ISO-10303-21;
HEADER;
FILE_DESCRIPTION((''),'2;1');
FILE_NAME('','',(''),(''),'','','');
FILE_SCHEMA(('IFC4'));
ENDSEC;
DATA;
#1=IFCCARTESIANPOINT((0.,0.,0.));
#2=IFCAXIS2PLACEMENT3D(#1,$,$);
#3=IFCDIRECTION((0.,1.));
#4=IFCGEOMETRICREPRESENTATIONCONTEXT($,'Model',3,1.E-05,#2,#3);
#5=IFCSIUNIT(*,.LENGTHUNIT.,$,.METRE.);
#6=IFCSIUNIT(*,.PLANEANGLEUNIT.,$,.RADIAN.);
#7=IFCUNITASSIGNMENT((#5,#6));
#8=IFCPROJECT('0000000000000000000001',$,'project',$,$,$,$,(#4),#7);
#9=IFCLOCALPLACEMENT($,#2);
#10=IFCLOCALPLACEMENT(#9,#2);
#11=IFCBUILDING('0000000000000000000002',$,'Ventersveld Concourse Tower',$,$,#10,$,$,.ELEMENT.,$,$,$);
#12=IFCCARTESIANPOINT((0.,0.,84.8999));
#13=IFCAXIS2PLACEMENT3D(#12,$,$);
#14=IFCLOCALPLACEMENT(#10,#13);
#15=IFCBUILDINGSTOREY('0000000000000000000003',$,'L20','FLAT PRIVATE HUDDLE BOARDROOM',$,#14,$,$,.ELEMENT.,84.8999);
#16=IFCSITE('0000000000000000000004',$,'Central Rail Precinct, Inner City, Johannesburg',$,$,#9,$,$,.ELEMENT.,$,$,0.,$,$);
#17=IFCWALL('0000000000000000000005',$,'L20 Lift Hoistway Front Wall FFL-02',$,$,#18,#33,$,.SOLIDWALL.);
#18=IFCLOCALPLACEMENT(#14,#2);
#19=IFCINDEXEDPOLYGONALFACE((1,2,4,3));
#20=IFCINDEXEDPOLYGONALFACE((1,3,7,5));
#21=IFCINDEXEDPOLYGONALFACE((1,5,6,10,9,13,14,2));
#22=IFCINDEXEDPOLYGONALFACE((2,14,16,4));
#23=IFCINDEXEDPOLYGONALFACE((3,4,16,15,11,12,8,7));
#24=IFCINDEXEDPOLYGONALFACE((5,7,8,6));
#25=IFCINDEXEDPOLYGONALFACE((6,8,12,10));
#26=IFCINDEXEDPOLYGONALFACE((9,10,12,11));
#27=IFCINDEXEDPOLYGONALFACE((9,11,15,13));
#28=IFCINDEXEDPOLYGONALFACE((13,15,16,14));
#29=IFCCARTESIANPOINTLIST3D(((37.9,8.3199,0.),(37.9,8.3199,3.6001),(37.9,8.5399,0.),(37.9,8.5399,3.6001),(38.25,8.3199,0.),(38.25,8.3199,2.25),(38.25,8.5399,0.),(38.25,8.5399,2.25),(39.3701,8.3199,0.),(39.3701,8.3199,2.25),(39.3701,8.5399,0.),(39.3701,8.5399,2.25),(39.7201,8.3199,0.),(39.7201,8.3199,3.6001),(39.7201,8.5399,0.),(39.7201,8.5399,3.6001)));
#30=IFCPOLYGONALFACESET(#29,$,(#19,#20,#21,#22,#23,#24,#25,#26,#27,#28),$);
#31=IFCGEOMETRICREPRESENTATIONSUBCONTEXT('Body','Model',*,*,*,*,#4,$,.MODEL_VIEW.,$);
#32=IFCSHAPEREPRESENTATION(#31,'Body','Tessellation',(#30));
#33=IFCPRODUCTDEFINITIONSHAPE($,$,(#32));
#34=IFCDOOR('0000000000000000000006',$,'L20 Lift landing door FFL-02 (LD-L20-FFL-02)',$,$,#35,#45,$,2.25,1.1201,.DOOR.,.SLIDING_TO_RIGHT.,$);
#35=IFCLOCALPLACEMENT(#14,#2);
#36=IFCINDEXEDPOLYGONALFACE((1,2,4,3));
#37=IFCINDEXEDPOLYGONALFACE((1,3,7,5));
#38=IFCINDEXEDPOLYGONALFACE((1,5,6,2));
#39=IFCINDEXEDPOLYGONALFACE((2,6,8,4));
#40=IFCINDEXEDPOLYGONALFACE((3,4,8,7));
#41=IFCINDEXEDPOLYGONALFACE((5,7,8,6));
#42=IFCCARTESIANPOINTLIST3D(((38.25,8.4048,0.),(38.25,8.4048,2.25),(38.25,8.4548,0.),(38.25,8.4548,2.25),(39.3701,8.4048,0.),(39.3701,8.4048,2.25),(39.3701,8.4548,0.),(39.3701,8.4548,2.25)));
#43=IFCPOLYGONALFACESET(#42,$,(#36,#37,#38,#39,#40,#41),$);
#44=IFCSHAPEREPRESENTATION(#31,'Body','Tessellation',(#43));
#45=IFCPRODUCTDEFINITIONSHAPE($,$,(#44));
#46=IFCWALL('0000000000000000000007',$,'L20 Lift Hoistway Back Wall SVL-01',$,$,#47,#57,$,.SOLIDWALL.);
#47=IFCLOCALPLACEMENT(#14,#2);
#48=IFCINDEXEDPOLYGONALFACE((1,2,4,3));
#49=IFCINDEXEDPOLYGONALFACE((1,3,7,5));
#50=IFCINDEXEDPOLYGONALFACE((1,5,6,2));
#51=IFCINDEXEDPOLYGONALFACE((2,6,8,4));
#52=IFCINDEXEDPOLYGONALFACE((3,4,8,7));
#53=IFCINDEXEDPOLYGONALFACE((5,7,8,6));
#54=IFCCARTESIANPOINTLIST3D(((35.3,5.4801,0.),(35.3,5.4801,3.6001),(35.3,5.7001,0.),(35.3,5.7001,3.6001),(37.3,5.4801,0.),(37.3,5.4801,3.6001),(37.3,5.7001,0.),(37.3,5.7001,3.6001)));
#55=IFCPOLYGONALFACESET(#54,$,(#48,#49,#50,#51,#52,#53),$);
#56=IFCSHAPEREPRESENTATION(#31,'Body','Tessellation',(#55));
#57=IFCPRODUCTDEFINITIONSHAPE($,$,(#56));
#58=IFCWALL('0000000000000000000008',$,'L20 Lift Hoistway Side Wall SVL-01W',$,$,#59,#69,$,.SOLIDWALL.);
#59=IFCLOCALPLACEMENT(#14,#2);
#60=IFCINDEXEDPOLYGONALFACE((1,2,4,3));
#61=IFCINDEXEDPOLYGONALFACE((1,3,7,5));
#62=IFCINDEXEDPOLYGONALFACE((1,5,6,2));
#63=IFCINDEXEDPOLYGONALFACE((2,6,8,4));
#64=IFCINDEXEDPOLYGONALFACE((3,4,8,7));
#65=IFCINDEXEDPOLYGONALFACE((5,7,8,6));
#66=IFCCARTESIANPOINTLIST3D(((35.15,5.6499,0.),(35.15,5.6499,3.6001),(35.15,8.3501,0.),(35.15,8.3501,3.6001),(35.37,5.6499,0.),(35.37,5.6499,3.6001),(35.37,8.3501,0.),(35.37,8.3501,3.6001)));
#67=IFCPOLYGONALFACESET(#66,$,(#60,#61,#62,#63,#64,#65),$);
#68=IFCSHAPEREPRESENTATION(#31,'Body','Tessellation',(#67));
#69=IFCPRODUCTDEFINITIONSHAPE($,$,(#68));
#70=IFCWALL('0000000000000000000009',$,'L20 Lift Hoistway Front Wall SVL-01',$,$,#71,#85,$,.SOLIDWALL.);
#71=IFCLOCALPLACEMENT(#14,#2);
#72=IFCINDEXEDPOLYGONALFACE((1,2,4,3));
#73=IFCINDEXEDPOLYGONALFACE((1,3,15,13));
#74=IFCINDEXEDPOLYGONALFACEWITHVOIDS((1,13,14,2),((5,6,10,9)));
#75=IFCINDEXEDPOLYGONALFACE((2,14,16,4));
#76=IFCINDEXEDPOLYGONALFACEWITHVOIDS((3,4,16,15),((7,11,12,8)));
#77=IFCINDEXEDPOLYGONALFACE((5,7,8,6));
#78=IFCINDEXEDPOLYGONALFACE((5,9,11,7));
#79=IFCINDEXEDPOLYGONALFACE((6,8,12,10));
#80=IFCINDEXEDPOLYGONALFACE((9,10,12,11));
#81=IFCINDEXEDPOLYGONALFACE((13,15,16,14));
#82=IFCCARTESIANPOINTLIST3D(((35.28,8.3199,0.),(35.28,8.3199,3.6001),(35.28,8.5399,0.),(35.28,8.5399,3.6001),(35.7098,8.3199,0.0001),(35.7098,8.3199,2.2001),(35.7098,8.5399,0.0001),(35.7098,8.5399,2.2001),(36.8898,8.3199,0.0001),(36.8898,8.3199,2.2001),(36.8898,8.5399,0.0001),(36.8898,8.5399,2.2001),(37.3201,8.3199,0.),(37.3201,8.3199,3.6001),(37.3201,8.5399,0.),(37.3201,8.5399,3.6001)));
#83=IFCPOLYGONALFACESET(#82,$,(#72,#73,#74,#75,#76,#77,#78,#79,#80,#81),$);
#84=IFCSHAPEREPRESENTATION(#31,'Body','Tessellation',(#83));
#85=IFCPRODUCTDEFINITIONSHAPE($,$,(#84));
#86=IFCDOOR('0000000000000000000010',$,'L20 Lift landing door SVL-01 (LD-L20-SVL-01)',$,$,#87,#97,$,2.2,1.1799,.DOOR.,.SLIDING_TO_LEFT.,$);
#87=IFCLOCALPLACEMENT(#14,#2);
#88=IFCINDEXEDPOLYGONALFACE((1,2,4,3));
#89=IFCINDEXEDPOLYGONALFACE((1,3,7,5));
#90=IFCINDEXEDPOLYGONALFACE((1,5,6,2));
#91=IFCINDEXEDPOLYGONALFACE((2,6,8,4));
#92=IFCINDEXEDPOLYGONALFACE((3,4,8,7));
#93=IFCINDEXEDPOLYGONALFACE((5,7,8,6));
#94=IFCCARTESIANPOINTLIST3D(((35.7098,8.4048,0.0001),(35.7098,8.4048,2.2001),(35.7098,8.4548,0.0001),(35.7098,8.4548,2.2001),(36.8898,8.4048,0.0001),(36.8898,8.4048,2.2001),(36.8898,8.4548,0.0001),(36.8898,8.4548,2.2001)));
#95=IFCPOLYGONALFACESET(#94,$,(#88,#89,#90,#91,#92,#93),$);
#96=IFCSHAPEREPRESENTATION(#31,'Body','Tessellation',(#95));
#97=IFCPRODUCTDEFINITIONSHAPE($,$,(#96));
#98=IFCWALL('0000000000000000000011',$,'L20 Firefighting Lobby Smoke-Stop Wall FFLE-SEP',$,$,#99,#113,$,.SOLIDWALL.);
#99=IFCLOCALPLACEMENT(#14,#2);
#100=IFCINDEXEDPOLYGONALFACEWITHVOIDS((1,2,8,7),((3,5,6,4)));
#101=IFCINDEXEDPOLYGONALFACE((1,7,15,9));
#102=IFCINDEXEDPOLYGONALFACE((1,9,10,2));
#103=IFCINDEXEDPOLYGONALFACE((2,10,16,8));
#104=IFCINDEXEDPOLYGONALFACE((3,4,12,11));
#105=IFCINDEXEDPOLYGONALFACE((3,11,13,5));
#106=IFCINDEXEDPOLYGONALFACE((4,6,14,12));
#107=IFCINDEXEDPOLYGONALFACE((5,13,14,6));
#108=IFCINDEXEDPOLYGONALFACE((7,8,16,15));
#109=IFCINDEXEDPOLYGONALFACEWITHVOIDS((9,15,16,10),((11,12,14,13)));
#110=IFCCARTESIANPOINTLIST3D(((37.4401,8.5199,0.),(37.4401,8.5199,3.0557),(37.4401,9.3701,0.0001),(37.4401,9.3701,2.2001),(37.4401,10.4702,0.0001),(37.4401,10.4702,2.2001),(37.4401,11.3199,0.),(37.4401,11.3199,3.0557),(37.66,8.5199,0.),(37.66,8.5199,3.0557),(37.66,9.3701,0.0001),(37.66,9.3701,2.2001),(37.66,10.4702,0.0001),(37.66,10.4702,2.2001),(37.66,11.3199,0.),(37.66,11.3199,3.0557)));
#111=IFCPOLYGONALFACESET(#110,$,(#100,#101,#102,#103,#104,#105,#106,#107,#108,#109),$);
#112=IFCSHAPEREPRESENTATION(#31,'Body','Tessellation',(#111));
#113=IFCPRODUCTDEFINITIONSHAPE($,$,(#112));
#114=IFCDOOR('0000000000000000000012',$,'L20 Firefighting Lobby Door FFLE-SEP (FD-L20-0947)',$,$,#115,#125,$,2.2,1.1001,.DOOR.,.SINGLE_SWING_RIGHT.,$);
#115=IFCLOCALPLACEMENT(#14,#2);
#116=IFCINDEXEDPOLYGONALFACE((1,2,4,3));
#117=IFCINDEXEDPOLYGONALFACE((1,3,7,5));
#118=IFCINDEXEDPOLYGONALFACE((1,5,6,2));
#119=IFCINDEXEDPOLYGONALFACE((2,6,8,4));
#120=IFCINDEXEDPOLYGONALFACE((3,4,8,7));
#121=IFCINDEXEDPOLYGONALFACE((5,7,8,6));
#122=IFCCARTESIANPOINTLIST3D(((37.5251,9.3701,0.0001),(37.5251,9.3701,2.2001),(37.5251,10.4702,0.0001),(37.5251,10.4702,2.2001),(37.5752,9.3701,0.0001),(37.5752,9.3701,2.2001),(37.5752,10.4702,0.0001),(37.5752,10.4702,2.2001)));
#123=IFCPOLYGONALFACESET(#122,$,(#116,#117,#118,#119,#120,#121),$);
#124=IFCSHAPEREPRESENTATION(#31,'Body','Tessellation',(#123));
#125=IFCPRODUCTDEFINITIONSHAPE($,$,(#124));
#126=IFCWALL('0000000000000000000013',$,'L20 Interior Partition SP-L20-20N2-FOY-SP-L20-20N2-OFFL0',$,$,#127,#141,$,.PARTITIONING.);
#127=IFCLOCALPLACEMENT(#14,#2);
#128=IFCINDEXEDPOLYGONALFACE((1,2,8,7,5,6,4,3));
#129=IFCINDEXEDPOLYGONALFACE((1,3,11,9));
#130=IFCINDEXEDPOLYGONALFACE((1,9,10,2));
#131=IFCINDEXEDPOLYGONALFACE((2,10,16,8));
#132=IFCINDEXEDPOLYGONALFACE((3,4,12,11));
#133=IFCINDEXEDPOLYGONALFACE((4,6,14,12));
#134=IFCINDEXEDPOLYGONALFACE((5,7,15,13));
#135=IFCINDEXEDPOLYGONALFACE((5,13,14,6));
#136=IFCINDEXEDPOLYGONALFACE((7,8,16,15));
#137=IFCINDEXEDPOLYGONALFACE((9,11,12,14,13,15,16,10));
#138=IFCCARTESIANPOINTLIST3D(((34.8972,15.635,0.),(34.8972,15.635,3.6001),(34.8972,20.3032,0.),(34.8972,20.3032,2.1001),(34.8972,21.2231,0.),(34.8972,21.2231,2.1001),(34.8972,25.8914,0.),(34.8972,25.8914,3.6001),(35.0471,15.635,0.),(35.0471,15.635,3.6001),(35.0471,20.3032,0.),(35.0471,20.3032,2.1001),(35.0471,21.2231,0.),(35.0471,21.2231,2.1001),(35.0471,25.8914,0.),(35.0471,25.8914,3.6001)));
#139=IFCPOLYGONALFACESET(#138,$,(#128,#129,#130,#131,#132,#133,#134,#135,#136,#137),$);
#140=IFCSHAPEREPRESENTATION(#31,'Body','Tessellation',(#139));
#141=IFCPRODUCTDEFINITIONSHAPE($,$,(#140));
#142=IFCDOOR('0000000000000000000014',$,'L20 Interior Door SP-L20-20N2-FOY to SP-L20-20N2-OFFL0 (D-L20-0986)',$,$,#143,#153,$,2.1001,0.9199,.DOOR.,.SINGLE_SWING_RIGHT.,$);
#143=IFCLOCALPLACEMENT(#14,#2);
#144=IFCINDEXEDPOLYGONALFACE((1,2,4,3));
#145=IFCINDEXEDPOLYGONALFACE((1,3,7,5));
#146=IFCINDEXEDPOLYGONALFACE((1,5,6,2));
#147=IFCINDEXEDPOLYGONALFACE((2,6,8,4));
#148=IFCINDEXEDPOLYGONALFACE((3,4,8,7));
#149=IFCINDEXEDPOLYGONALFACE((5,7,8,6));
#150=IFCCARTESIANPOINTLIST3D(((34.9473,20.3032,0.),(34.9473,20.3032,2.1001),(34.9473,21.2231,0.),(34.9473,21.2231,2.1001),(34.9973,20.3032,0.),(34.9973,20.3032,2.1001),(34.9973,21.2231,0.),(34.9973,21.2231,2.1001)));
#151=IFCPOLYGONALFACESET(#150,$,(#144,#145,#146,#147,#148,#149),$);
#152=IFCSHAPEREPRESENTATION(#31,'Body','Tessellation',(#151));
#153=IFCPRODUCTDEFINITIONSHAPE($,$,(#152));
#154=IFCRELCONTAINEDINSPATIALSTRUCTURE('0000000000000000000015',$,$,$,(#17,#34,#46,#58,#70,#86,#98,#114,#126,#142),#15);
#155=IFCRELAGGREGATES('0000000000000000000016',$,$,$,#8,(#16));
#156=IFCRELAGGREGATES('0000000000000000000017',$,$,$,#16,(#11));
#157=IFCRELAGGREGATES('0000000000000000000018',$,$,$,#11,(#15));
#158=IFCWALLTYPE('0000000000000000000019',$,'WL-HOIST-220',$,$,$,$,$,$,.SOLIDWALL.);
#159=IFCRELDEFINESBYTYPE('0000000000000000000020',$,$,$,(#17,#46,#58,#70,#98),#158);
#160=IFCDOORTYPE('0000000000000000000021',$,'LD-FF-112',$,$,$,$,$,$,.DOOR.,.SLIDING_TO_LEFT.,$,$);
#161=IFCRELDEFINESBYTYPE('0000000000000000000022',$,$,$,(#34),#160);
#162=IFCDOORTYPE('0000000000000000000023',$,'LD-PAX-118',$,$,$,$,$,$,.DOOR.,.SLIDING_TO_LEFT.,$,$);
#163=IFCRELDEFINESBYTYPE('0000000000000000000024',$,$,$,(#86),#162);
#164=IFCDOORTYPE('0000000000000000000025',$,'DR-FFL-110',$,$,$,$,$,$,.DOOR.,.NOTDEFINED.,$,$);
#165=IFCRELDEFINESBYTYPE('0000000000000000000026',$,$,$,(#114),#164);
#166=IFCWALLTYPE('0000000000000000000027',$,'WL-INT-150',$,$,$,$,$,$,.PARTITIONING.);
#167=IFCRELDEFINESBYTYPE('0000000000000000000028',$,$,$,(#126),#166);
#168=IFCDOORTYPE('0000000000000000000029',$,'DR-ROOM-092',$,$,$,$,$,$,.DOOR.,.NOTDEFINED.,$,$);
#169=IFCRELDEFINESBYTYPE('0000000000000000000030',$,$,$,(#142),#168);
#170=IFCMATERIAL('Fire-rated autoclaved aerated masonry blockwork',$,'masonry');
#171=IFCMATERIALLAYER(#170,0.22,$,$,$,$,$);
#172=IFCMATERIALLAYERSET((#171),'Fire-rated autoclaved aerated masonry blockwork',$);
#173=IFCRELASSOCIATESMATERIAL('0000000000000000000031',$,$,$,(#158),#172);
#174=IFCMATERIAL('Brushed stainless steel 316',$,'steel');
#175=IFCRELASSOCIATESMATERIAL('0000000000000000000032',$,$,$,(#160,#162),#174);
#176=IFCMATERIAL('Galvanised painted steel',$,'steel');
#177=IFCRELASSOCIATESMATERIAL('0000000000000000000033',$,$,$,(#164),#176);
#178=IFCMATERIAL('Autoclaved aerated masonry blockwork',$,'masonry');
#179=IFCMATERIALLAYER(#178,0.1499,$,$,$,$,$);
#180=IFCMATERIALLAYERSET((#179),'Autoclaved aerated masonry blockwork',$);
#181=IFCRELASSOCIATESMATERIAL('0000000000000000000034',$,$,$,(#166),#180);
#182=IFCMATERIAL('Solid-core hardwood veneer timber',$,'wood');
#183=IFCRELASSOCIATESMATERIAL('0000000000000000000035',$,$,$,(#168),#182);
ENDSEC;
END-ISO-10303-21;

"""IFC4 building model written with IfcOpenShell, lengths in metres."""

from ifc_helpers import new_model, si_unit, direction, frame, frame_2d, origin, place, context, subcontext, project, spatial, rectangle, extrude, material, layer, layer_set, type_object, element, fill, save


model = new_model("IFC4")

# Units and contexts
model_context = context("Model", 3, precision=1e-05, world=origin(), true_north=direction((0.0, 1.0)))
body_context = subcontext(model_context, "Body", "Model", "MODEL_VIEW")
ifc_project = project(units=[si_unit("LENGTHUNIT", "METRE"), si_unit("PLANEANGLEUNIT", "RADIAN")], contexts=[model_context])

# Site, building, storey
site_placement = place(None, origin())
site = spatial("IfcSite", under=ifc_project, at=site_placement, Name="Central Rail Precinct, Inner City, Johannesburg", CompositionType="ELEMENT", RefElevation=0.0)
building_placement = place(site_placement, origin())
building = spatial("IfcBuilding", under=site, at=building_placement, Name="Ventersveld Concourse Tower", CompositionType="ELEMENT")
storey_placement = place(building_placement, frame((0.0, 0.0, 84.8999)))
storey = spatial("IfcBuildingStorey", under=building, at=storey_placement, Name="L20", Description="FLAT PRIVATE HUDDLE BOARDROOM", CompositionType="ELEMENT", Elevation=84.8999)

# Shared definitions
ifc_material_1 = material(Name="Fire-rated autoclaved aerated masonry blockwork", Category="masonry")
ifc_material_2 = material(Name="Solid-core hardwood veneer timber", Category="wood")

# Shared definitions
ifc_layer_1 = layer(ifc_material_1, 0.22)
ifc_layer_set_1 = layer_set([ifc_layer_1], Name="Fire-rated autoclaved aerated masonry blockwork")
wall_type_1 = type_object("IfcWallType", Name="WL-HOIST-220", PredefinedType="SOLIDWALL", material=ifc_layer_set_1)

# Wall, opening, door
wall_1_placement = place(storey_placement, frame((37.8999, 8.4299, 0.0), z_axis=(0.0, 0.0, 1.0), x_axis=(1.0, 0.0, 0.0)))
wall_1 = element("IfcWall", 1, at=wall_1_placement, inside=storey, type_object=wall_type_1, Name="L20 Lift Hoistway Front Wall FFL-02", PredefinedType="SOLIDWALL", context=body_context, shape_type="SweptSolid", body=[
    extrude(rectangle(XDim=1.8201, YDim=0.22, at=frame_2d((0.9102, 0.0))), origin(), (0.0, 0.0, 1.0), 3.6001),
])
opening_1_placement = place(wall_1_placement, frame((0.3501, 0.0, 0.0)))
opening_1 = element("IfcOpeningElement", 2, at=opening_1_placement, cuts=wall_1, PredefinedType="OPENING", context=body_context, shape_type="SweptSolid", body=[
    extrude(rectangle(XDim=1.1201, YDim=2.25, at=frame_2d((0.5601, 1.125))), frame((0.0, 0.1201, 0.0), z_axis=(0.0, -1.0, 0.0), x_axis=(1.0, 0.0, 0.0)), (0.0, 0.0, 1.0), 0.24),
])
ifc_material_3 = material(Name="Brushed stainless steel 316", Category="steel")
door_type_1 = type_object("IfcDoorType", Name="LD-FF-112", OperationType="SLIDING_TO_LEFT", PredefinedType="DOOR", material=ifc_material_3)
door_1_placement = place(opening_1_placement, origin())
door_1 = element("IfcDoor", 3, at=door_1_placement, inside=storey, type_object=door_type_1, Name="L20 Lift landing door FFL-02 (LD-L20-FFL-02)", OperationType="SLIDING_TO_RIGHT", OverallHeight=2.25, OverallWidth=1.1201, PredefinedType="DOOR", context=body_context, shape_type="SweptSolid", body=[
    extrude(rectangle(XDim=1.1201, YDim=2.25, at=frame_2d((0.5601, 1.125))), frame((0.0, 0.0249, 0.0), z_axis=(0.0, -1.0, 0.0), x_axis=(1.0, 0.0, 0.0)), (0.0, 0.0, 1.0), 0.05),
])
fill(opening_1, door_1)

# Walls
wall_2_placement = place(storey_placement, frame((35.3, 5.5901, 0.0), z_axis=(0.0, 0.0, 1.0), x_axis=(1.0, 0.0, 0.0)))
element("IfcWall", 4, at=wall_2_placement, inside=storey, type_object=wall_type_1, Name="L20 Lift Hoistway Back Wall SVL-01", PredefinedType="SOLIDWALL", context=body_context, shape_type="SweptSolid", body=[
    extrude(rectangle(XDim=2.0, YDim=0.22, at=frame_2d((1.0, 0.0))), origin(), (0.0, 0.0, 1.0), 3.6001),
])
wall_3_placement = place(storey_placement, frame((35.26, 5.6499, 0.0), z_axis=(0.0, 0.0, 1.0), x_axis=(0.0, 1.0, 0.0)))
element("IfcWall", 5, at=wall_3_placement, inside=storey, type_object=wall_type_1, Name="L20 Lift Hoistway Side Wall SVL-01W", PredefinedType="SOLIDWALL", context=body_context, shape_type="SweptSolid", body=[
    extrude(rectangle(XDim=2.7002, YDim=0.22, at=frame_2d((1.3501, 0.0))), origin(), (0.0, 0.0, 1.0), 3.6001),
])

# Walls, openings, doors
wall_4_placement = place(storey_placement, frame((35.28, 8.4299, 0.0), z_axis=(0.0, 0.0, 1.0), x_axis=(1.0, 0.0, 0.0)))
wall_4 = element("IfcWall", 6, at=wall_4_placement, inside=storey, type_object=wall_type_1, Name="L20 Lift Hoistway Front Wall SVL-01", PredefinedType="SOLIDWALL", context=body_context, shape_type="SweptSolid", body=[
    extrude(rectangle(XDim=2.04, YDim=0.22, at=frame_2d((1.02, 0.0))), origin(), (0.0, 0.0, 1.0), 3.6001),
])
opening_2_placement = place(wall_4_placement, frame((0.4299, 0.0, 0.0)))
opening_2 = element("IfcOpeningElement", 7, at=opening_2_placement, cuts=wall_4, PredefinedType="OPENING", context=body_context, shape_type="SweptSolid", body=[
    extrude(rectangle(XDim=1.1799, YDim=2.2, at=frame_2d((0.5898, 1.1001))), frame((0.0, 0.1201, 0.0), z_axis=(0.0, -1.0, 0.0), x_axis=(1.0, 0.0, 0.0)), (0.0, 0.0, 1.0), 0.24),
])
door_type_2 = type_object("IfcDoorType", Name="LD-PAX-118", OperationType="SLIDING_TO_LEFT", PredefinedType="DOOR", material=ifc_material_3)
door_2_placement = place(opening_2_placement, origin())
door_2 = element("IfcDoor", 8, at=door_2_placement, inside=storey, type_object=door_type_2, Name="L20 Lift landing door SVL-01 (LD-L20-SVL-01)", OperationType="SLIDING_TO_LEFT", OverallHeight=2.2, OverallWidth=1.1799, PredefinedType="DOOR", context=body_context, shape_type="SweptSolid", body=[
    extrude(rectangle(XDim=1.1799, YDim=2.2, at=frame_2d((0.5898, 1.1001))), frame((0.0, 0.0249, 0.0), z_axis=(0.0, -1.0, 0.0), x_axis=(1.0, 0.0, 0.0)), (0.0, 0.0, 1.0), 0.05),
])
fill(opening_2, door_2)
wall_5_placement = place(storey_placement, frame((37.55, 8.52, 0.0), z_axis=(0.0, 0.0, 1.0), x_axis=(0.0, 1.0, 0.0)))
wall_5 = element("IfcWall", 9, at=wall_5_placement, inside=storey, type_object=wall_type_1, Name="L20 Firefighting Lobby Smoke-Stop Wall FFLE-SEP", PredefinedType="SOLIDWALL", context=body_context, shape_type="SweptSolid", body=[
    extrude(rectangle(XDim=2.8, YDim=0.22, at=frame_2d((1.3999, 0.0))), origin(), (0.0, 0.0, 1.0), 3.0557),
])
opening_3_placement = place(wall_5_placement, frame((0.8501, 0.0, 0.0)))
opening_3 = element("IfcOpeningElement", 10, at=opening_3_placement, cuts=wall_5, PredefinedType="OPENING", context=body_context, shape_type="SweptSolid", body=[
    extrude(rectangle(XDim=1.1001, YDim=2.2, at=frame_2d((0.55, 1.1001))), frame((0.0, 0.1201, 0.0), z_axis=(0.0, -1.0, 0.0), x_axis=(1.0, 0.0, 0.0)), (0.0, 0.0, 1.0), 0.24),
])
ifc_material_4 = material(Name="Galvanised painted steel", Category="steel")
door_type_3 = type_object("IfcDoorType", Name="DR-FFL-110", OperationType="NOTDEFINED", PredefinedType="DOOR", material=ifc_material_4)
door_3_placement = place(opening_3_placement, origin())
door_3 = element("IfcDoor", 11, at=door_3_placement, inside=storey, type_object=door_type_3, Name="L20 Firefighting Lobby Door FFLE-SEP (FD-L20-0947)", OperationType="SINGLE_SWING_RIGHT", OverallHeight=2.2, OverallWidth=1.1001, PredefinedType="DOOR", context=body_context, shape_type="SweptSolid", body=[
    extrude(rectangle(XDim=1.1001, YDim=2.2, at=frame_2d((0.55, 1.1001))), frame((0.0, 0.0249, 0.0), z_axis=(0.0, -1.0, 0.0), x_axis=(1.0, 0.0, 0.0)), (0.0, 0.0, 1.0), 0.05),
])
fill(opening_3, door_3)
ifc_material_5 = material(Name="Autoclaved aerated masonry blockwork", Category="masonry")
ifc_layer_2 = layer(ifc_material_5, 0.1499)
ifc_layer_set_2 = layer_set([ifc_layer_2], Name="Autoclaved aerated masonry blockwork")
wall_type_2 = type_object("IfcWallType", Name="WL-INT-150", PredefinedType="PARTITIONING", material=ifc_layer_set_2)
wall_6_placement = place(storey_placement, frame((34.9722, 15.635, 0.0), z_axis=(0.0, 0.0, 1.0), x_axis=(0.0, 1.0, 0.0)))
wall_6 = element("IfcWall", 12, at=wall_6_placement, inside=storey, type_object=wall_type_2, Name="L20 Interior Partition SP-L20-20N2-FOY-SP-L20-20N2-OFFL0", PredefinedType="PARTITIONING", context=body_context, shape_type="SweptSolid", body=[
    extrude(rectangle(XDim=10.2563, YDim=0.1499, at=frame_2d((5.1282, 0.0))), origin(), (0.0, 0.0, 1.0), 3.6001),
])
opening_4_placement = place(wall_6_placement, frame((4.6682, 0.0, 0.0)))
opening_4 = element("IfcOpeningElement", 13, at=opening_4_placement, cuts=wall_6, PredefinedType="OPENING", context=body_context, shape_type="SweptSolid", body=[
    extrude(rectangle(XDim=0.9199, YDim=2.1001, at=frame_2d((0.46, 1.05))), frame((0.0, 0.085, 0.0), z_axis=(0.0, -1.0, 0.0), x_axis=(1.0, 0.0, 0.0)), (0.0, 0.0, 1.0), 0.1699),
])
door_type_4 = type_object("IfcDoorType", Name="DR-ROOM-092", OperationType="NOTDEFINED", PredefinedType="DOOR", material=ifc_material_2)
door_4_placement = place(opening_4_placement, origin())
door_4 = element("IfcDoor", 14, at=door_4_placement, inside=storey, type_object=door_type_4, Name="L20 Interior Door SP-L20-20N2-FOY to SP-L20-20N2-OFFL0 (D-L20-0986)", OperationType="SINGLE_SWING_RIGHT", OverallHeight=2.1001, OverallWidth=0.9199, PredefinedType="DOOR", context=body_context, shape_type="SweptSolid", body=[
    extrude(rectangle(XDim=0.9199, YDim=2.1001, at=frame_2d((0.46, 1.05))), frame((0.0, 0.0249, 0.0), z_axis=(0.0, -1.0, 0.0), x_axis=(1.0, 0.0, 0.0)), (0.0, 0.0, 1.0), 0.05),
])
fill(opening_4, door_4)

save(model, "model.ifc")
